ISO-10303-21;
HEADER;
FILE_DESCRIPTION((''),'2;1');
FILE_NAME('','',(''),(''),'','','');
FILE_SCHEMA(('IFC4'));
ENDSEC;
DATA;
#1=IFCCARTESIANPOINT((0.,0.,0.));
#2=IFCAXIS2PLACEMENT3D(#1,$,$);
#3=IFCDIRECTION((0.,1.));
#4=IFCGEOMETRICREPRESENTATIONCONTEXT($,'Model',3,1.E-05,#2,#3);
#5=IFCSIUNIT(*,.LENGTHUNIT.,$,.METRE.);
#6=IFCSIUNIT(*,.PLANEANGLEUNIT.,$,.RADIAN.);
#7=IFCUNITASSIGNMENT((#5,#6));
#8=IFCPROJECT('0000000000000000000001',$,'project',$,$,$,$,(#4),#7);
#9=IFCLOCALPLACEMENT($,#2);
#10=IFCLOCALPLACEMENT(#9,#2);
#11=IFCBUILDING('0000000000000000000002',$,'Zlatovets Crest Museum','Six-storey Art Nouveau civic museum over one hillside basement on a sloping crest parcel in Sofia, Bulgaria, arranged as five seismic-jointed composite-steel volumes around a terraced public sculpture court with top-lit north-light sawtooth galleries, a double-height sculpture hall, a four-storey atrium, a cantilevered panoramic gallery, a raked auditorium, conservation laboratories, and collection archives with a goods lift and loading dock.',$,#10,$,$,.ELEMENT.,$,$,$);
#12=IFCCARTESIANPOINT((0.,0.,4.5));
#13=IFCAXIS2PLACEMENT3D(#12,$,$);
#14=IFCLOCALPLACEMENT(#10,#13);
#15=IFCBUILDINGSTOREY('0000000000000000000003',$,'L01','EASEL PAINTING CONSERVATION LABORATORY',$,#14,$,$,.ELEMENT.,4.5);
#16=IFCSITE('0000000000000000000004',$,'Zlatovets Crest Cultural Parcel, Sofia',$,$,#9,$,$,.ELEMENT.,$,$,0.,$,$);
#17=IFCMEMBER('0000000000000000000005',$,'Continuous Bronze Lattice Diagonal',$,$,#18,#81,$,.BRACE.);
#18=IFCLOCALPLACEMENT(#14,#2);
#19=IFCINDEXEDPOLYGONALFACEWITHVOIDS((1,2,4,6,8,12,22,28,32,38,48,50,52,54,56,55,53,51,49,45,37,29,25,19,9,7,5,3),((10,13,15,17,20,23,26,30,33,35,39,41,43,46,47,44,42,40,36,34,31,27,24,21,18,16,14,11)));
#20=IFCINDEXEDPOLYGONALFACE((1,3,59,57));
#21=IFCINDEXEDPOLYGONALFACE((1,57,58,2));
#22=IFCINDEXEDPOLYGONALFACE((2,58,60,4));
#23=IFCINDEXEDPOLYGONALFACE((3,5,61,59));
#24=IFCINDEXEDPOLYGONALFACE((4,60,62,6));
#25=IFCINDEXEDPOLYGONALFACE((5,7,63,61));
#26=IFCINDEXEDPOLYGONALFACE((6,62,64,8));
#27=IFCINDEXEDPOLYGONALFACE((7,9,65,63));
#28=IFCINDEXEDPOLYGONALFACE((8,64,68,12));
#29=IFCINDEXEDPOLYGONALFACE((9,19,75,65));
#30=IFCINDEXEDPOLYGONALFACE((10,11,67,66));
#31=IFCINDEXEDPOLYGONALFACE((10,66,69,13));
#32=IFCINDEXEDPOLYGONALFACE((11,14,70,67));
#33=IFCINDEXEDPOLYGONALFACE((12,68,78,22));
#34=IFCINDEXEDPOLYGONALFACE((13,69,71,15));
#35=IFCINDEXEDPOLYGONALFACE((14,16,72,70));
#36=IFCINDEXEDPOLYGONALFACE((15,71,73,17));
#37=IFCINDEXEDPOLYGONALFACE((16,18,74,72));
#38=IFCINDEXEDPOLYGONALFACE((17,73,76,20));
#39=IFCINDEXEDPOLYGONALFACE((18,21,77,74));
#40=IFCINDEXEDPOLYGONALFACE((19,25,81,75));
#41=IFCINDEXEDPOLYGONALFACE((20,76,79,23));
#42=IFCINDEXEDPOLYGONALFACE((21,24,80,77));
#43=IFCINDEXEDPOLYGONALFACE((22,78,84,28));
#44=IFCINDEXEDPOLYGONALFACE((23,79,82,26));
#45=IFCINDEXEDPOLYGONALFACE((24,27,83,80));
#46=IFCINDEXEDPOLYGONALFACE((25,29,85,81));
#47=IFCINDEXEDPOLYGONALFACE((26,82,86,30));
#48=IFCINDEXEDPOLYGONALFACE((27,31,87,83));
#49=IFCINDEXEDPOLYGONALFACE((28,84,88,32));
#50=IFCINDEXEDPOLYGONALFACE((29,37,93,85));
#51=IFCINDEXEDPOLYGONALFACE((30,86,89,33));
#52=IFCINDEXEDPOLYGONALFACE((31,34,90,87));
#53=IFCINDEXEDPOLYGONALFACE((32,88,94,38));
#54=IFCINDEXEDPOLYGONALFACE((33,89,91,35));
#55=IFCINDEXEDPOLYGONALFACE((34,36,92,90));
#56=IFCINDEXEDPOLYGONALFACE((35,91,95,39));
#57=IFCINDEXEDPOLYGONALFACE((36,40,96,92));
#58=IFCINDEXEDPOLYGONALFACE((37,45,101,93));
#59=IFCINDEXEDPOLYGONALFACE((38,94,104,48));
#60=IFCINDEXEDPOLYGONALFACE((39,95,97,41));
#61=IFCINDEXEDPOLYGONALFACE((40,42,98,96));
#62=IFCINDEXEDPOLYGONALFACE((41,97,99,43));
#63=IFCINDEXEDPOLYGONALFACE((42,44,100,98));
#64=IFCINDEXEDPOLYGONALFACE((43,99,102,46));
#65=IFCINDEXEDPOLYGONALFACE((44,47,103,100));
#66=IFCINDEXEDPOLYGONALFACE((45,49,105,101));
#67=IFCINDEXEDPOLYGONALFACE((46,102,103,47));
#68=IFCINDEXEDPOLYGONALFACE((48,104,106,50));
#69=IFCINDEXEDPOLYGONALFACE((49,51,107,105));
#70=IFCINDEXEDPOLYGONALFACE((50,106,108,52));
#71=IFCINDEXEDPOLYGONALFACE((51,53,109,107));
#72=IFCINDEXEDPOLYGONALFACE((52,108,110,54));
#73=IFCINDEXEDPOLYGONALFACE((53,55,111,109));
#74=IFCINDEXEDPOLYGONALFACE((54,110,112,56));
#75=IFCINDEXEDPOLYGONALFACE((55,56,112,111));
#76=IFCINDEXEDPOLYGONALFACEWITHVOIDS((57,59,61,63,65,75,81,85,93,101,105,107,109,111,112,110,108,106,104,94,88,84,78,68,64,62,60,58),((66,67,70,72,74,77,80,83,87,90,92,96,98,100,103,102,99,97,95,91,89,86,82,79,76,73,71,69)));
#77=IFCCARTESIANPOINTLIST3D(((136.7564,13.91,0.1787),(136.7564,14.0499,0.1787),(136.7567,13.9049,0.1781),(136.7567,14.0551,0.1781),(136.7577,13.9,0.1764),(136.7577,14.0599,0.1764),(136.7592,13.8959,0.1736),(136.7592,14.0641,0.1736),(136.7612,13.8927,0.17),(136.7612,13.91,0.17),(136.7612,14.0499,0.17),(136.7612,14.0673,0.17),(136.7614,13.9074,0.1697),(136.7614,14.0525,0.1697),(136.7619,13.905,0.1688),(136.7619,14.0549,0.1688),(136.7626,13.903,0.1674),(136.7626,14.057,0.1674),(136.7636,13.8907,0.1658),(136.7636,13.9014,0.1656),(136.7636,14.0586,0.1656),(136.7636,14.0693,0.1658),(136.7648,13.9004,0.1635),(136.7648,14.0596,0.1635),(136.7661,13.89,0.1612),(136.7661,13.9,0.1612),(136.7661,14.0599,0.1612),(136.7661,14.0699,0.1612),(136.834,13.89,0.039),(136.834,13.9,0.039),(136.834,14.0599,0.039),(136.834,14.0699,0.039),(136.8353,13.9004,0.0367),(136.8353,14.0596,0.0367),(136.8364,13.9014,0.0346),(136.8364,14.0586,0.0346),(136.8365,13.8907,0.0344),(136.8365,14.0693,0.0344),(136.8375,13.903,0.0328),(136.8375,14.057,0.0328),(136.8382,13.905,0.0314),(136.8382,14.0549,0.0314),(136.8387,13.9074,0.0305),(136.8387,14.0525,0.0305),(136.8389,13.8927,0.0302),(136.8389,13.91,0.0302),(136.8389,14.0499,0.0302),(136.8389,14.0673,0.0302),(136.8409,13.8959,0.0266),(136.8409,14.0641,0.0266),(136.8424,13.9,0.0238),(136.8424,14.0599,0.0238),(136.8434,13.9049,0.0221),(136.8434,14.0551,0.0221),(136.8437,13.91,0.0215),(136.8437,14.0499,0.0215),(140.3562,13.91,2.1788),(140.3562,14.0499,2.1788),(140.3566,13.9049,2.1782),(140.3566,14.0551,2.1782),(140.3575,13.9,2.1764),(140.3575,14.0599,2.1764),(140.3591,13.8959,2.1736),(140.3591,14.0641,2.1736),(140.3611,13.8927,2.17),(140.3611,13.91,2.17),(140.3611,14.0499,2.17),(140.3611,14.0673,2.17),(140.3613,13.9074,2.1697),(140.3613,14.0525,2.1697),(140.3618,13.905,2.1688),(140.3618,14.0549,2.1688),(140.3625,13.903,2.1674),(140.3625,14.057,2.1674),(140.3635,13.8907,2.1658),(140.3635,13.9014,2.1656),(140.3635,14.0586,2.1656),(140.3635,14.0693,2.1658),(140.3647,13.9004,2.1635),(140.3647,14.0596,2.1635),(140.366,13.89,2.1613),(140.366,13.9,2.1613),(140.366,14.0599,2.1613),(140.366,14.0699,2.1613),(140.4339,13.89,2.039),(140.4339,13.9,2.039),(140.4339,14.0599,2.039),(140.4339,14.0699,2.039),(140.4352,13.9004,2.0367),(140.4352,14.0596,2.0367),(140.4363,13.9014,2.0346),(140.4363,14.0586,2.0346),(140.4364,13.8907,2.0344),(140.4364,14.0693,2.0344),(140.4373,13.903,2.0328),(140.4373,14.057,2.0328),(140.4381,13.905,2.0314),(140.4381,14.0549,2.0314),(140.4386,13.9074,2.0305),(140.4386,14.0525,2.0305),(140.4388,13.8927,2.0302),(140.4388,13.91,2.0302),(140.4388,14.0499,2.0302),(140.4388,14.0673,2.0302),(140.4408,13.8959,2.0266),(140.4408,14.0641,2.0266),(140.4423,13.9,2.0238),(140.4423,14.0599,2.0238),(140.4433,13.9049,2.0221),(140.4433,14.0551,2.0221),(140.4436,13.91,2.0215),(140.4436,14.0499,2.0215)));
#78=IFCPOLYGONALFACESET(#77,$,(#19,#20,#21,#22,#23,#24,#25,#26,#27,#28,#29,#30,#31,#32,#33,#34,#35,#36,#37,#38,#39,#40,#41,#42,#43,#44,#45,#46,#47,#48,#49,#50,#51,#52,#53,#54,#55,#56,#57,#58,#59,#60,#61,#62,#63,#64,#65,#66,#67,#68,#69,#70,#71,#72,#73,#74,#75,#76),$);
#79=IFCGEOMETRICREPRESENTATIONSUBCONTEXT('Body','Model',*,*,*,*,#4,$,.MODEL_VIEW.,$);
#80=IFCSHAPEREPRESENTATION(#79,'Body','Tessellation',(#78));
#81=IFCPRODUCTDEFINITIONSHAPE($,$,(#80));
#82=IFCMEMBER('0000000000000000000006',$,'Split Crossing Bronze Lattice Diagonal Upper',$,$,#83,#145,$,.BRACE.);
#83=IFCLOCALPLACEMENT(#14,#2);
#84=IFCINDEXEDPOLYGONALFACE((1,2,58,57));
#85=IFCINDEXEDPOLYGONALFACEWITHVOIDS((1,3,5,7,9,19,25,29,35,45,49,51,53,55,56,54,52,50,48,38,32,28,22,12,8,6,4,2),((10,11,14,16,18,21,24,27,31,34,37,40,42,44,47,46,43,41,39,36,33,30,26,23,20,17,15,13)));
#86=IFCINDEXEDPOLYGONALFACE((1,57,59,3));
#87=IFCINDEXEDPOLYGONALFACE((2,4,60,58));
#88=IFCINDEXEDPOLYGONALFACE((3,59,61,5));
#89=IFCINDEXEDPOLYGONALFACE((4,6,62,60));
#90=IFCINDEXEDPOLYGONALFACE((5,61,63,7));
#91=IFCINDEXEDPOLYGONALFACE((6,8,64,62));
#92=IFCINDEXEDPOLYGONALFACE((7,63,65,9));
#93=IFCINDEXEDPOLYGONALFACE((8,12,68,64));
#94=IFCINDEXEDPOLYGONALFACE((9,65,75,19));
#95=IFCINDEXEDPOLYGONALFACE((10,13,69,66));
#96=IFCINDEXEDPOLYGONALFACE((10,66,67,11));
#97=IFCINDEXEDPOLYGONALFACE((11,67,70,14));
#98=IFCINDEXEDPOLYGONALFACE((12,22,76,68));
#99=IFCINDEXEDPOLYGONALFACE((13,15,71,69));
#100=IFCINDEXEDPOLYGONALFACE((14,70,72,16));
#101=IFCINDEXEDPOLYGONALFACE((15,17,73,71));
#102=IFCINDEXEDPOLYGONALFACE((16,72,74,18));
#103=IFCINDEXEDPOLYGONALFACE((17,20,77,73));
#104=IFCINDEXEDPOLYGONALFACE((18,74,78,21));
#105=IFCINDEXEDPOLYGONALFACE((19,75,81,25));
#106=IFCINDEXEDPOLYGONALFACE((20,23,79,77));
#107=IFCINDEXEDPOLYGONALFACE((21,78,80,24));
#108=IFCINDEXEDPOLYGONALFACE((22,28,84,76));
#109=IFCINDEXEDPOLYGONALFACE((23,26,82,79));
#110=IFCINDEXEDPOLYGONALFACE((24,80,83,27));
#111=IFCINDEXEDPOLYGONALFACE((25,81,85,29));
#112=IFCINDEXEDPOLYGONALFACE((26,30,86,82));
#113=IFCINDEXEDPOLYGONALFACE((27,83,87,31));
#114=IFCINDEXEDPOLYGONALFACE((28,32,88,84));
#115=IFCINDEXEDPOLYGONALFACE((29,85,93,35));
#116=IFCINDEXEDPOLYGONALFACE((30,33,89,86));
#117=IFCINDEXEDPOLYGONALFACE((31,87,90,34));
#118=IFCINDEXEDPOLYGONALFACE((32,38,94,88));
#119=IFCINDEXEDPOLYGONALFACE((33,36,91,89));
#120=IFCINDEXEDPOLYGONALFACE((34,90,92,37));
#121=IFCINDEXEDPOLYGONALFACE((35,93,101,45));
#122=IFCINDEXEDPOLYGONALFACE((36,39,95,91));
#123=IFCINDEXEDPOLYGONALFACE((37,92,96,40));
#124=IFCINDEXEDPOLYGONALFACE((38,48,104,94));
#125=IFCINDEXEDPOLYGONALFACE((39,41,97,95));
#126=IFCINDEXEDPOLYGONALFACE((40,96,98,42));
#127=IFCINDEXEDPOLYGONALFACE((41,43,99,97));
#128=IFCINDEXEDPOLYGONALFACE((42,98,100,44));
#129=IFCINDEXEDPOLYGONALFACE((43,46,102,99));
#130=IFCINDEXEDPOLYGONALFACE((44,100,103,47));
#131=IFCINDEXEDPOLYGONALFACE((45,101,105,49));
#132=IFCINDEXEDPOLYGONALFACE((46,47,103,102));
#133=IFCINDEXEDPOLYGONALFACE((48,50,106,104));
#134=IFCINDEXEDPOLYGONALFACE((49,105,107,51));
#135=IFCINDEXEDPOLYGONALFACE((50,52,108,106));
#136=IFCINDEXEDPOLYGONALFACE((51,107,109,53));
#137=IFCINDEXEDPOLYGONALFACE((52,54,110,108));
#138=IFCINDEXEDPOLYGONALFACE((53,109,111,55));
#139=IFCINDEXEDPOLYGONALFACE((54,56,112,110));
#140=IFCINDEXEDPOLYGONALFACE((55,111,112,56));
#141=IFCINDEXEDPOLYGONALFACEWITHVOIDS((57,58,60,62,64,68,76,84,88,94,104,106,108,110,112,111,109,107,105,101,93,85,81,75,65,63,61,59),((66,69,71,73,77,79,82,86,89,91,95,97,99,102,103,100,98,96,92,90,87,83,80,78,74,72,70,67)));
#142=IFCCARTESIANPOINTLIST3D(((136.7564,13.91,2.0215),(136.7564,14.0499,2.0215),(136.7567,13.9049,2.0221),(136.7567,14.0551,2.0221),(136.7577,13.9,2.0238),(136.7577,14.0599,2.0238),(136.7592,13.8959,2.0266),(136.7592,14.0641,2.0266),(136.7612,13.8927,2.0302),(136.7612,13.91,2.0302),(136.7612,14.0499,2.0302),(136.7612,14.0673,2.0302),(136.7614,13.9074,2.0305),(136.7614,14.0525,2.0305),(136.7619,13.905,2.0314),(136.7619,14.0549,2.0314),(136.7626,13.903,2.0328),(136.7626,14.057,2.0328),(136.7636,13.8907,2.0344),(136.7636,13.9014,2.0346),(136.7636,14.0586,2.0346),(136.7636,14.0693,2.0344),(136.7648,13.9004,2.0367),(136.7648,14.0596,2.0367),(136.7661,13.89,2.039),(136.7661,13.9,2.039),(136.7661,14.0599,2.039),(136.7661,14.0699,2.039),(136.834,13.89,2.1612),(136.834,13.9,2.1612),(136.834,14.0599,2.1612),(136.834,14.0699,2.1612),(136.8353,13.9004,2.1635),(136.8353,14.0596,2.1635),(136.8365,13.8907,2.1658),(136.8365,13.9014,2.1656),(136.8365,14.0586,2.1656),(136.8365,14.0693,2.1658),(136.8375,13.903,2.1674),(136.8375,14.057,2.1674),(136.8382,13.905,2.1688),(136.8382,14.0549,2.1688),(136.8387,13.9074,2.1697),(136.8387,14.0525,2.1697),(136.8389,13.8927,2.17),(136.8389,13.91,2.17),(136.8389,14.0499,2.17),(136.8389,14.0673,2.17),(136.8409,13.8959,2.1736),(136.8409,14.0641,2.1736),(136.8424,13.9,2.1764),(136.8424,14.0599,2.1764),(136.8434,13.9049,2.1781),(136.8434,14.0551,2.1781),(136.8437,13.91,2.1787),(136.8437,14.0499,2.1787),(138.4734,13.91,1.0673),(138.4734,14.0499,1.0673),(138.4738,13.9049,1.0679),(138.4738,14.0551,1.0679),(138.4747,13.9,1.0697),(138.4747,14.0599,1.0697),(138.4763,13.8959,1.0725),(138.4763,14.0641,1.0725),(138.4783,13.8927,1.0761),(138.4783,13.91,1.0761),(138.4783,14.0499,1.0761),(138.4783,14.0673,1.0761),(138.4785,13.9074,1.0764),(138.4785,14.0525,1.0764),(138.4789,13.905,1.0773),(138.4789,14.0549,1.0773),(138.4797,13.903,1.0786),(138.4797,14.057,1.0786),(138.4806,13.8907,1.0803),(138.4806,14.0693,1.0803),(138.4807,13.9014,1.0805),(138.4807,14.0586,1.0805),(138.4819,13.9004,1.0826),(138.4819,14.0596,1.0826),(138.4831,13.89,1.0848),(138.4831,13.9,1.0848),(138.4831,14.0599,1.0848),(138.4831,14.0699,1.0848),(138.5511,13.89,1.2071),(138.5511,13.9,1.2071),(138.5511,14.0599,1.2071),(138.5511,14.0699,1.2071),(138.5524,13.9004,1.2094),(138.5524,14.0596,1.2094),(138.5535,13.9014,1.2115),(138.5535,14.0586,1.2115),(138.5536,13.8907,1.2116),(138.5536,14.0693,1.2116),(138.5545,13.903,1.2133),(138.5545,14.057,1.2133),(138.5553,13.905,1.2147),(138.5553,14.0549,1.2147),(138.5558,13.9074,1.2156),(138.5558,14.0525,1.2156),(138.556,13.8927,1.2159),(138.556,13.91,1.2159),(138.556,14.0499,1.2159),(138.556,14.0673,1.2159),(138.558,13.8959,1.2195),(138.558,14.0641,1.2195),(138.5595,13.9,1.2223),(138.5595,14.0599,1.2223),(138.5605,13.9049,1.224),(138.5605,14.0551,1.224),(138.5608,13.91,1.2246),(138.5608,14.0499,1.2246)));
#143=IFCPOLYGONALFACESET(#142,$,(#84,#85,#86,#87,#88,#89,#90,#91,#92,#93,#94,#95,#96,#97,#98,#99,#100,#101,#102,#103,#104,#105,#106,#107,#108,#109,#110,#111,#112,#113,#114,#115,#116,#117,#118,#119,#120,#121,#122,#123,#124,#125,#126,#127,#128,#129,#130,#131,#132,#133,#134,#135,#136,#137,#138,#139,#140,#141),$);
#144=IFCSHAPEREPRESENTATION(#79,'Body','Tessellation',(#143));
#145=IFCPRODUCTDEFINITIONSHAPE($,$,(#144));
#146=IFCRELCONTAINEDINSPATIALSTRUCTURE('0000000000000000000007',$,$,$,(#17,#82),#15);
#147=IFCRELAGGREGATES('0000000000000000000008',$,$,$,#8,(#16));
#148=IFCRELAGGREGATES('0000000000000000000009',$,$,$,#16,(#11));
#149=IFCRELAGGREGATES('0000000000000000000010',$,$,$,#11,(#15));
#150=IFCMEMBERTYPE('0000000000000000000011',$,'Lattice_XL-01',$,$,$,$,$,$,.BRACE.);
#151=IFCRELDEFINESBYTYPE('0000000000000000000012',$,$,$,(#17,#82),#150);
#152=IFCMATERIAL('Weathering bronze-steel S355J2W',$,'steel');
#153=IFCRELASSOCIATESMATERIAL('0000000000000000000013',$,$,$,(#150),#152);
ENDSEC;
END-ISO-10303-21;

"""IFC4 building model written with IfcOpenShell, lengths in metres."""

from ifc_helpers import new_model, si_unit, direction, frame, origin, origin_2d, place, context, subcontext, project, spatial, hollow_rectangle, extrude, material, material_profile, profile_set, type_object, element, save


model = new_model("IFC4")

# Units and contexts
model_context = context("Model", 3, precision=1e-05, world=origin(), true_north=direction((0.0, 1.0)))
body_context = subcontext(model_context, "Body", "Model", "MODEL_VIEW")
ifc_project = project(units=[si_unit("LENGTHUNIT", "METRE"), si_unit("PLANEANGLEUNIT", "RADIAN")], contexts=[model_context])

# Site, building, storey
site_placement = place(None, origin())
site = spatial("IfcSite", under=ifc_project, at=site_placement, Name="Zlatovets Crest Cultural Parcel, Sofia", CompositionType="ELEMENT", RefElevation=0.0)
building_placement = place(site_placement, origin())
building = spatial("IfcBuilding", under=site, at=building_placement, Name="Zlatovets Crest Museum", Description="Six-storey Art Nouveau civic museum over one hillside basement on a sloping crest parcel in Sofia, Bulgaria, arranged as five seismic-jointed composite-steel volumes around a terraced public sculpture court with top-lit north-light sawtooth galleries, a double-height sculpture hall, a four-storey atrium, a cantilevered panoramic gallery, a raked auditorium, conservation laboratories, and collection archives with a goods lift and loading dock.", CompositionType="ELEMENT")
storey_placement = place(building_placement, frame((0.0, 0.0, 4.5)))
storey = spatial("IfcBuildingStorey", under=building, at=storey_placement, Name="L01", Description="EASEL PAINTING CONSERVATION LABORATORY", CompositionType="ELEMENT", Elevation=4.5)

# Members
ifc_material_1 = material(Name="Weathering bronze-steel S355J2W", Category="steel")
ifc_material_profile_1 = material_profile(ifc_material_1, hollow_rectangle(XDim=0.1799, YDim=0.1799, WallThickness=0.01, InnerFilletRadius=0.01, OuterFilletRadius=0.02, at=origin_2d()), Name="SHS 180x180x10.0")
ifc_profile_set_1 = profile_set([ifc_material_profile_1], Name="Weathering bronze-steel S355J2W")
member_type_1 = type_object("IfcMemberType", Name="Lattice_XL-01", PredefinedType="BRACE", material=ifc_profile_set_1)
member_1_placement = place(storey_placement, frame((136.8, 13.98, 0.1001), z_axis=(0.874149, 0.0, 0.485658), x_axis=(0.0, 1.0, 0.0)))
element("IfcMember", 1, at=member_1_placement, inside=storey, type_object=member_type_1, Name="Continuous Bronze Lattice Diagonal", PredefinedType="BRACE", context=body_context, shape_type="SweptSolid", body=[
    extrude(hollow_rectangle(XDim=0.1799, YDim=0.1799, WallThickness=0.01, InnerFilletRadius=0.01, OuterFilletRadius=0.02, at=origin_2d()), origin(), (0.0, 0.0, 1.0), 4.1182),
])
member_2_placement = place(storey_placement, frame((136.8, 13.98, 2.1001), z_axis=(0.874116, 0.0, -0.485717), x_axis=(0.0, 1.0, 0.0)))
element("IfcMember", 2, at=member_2_placement, inside=storey, type_object=member_type_1, Name="Split Crossing Bronze Lattice Diagonal Upper", PredefinedType="BRACE", context=body_context, shape_type="SweptSolid", body=[
    extrude(hollow_rectangle(XDim=0.1799, YDim=0.1799, WallThickness=0.01, InnerFilletRadius=0.01, OuterFilletRadius=0.02, at=origin_2d()), origin(), (0.0, 0.0, 1.0), 1.9644),
])

save(model, "model.ifc")
